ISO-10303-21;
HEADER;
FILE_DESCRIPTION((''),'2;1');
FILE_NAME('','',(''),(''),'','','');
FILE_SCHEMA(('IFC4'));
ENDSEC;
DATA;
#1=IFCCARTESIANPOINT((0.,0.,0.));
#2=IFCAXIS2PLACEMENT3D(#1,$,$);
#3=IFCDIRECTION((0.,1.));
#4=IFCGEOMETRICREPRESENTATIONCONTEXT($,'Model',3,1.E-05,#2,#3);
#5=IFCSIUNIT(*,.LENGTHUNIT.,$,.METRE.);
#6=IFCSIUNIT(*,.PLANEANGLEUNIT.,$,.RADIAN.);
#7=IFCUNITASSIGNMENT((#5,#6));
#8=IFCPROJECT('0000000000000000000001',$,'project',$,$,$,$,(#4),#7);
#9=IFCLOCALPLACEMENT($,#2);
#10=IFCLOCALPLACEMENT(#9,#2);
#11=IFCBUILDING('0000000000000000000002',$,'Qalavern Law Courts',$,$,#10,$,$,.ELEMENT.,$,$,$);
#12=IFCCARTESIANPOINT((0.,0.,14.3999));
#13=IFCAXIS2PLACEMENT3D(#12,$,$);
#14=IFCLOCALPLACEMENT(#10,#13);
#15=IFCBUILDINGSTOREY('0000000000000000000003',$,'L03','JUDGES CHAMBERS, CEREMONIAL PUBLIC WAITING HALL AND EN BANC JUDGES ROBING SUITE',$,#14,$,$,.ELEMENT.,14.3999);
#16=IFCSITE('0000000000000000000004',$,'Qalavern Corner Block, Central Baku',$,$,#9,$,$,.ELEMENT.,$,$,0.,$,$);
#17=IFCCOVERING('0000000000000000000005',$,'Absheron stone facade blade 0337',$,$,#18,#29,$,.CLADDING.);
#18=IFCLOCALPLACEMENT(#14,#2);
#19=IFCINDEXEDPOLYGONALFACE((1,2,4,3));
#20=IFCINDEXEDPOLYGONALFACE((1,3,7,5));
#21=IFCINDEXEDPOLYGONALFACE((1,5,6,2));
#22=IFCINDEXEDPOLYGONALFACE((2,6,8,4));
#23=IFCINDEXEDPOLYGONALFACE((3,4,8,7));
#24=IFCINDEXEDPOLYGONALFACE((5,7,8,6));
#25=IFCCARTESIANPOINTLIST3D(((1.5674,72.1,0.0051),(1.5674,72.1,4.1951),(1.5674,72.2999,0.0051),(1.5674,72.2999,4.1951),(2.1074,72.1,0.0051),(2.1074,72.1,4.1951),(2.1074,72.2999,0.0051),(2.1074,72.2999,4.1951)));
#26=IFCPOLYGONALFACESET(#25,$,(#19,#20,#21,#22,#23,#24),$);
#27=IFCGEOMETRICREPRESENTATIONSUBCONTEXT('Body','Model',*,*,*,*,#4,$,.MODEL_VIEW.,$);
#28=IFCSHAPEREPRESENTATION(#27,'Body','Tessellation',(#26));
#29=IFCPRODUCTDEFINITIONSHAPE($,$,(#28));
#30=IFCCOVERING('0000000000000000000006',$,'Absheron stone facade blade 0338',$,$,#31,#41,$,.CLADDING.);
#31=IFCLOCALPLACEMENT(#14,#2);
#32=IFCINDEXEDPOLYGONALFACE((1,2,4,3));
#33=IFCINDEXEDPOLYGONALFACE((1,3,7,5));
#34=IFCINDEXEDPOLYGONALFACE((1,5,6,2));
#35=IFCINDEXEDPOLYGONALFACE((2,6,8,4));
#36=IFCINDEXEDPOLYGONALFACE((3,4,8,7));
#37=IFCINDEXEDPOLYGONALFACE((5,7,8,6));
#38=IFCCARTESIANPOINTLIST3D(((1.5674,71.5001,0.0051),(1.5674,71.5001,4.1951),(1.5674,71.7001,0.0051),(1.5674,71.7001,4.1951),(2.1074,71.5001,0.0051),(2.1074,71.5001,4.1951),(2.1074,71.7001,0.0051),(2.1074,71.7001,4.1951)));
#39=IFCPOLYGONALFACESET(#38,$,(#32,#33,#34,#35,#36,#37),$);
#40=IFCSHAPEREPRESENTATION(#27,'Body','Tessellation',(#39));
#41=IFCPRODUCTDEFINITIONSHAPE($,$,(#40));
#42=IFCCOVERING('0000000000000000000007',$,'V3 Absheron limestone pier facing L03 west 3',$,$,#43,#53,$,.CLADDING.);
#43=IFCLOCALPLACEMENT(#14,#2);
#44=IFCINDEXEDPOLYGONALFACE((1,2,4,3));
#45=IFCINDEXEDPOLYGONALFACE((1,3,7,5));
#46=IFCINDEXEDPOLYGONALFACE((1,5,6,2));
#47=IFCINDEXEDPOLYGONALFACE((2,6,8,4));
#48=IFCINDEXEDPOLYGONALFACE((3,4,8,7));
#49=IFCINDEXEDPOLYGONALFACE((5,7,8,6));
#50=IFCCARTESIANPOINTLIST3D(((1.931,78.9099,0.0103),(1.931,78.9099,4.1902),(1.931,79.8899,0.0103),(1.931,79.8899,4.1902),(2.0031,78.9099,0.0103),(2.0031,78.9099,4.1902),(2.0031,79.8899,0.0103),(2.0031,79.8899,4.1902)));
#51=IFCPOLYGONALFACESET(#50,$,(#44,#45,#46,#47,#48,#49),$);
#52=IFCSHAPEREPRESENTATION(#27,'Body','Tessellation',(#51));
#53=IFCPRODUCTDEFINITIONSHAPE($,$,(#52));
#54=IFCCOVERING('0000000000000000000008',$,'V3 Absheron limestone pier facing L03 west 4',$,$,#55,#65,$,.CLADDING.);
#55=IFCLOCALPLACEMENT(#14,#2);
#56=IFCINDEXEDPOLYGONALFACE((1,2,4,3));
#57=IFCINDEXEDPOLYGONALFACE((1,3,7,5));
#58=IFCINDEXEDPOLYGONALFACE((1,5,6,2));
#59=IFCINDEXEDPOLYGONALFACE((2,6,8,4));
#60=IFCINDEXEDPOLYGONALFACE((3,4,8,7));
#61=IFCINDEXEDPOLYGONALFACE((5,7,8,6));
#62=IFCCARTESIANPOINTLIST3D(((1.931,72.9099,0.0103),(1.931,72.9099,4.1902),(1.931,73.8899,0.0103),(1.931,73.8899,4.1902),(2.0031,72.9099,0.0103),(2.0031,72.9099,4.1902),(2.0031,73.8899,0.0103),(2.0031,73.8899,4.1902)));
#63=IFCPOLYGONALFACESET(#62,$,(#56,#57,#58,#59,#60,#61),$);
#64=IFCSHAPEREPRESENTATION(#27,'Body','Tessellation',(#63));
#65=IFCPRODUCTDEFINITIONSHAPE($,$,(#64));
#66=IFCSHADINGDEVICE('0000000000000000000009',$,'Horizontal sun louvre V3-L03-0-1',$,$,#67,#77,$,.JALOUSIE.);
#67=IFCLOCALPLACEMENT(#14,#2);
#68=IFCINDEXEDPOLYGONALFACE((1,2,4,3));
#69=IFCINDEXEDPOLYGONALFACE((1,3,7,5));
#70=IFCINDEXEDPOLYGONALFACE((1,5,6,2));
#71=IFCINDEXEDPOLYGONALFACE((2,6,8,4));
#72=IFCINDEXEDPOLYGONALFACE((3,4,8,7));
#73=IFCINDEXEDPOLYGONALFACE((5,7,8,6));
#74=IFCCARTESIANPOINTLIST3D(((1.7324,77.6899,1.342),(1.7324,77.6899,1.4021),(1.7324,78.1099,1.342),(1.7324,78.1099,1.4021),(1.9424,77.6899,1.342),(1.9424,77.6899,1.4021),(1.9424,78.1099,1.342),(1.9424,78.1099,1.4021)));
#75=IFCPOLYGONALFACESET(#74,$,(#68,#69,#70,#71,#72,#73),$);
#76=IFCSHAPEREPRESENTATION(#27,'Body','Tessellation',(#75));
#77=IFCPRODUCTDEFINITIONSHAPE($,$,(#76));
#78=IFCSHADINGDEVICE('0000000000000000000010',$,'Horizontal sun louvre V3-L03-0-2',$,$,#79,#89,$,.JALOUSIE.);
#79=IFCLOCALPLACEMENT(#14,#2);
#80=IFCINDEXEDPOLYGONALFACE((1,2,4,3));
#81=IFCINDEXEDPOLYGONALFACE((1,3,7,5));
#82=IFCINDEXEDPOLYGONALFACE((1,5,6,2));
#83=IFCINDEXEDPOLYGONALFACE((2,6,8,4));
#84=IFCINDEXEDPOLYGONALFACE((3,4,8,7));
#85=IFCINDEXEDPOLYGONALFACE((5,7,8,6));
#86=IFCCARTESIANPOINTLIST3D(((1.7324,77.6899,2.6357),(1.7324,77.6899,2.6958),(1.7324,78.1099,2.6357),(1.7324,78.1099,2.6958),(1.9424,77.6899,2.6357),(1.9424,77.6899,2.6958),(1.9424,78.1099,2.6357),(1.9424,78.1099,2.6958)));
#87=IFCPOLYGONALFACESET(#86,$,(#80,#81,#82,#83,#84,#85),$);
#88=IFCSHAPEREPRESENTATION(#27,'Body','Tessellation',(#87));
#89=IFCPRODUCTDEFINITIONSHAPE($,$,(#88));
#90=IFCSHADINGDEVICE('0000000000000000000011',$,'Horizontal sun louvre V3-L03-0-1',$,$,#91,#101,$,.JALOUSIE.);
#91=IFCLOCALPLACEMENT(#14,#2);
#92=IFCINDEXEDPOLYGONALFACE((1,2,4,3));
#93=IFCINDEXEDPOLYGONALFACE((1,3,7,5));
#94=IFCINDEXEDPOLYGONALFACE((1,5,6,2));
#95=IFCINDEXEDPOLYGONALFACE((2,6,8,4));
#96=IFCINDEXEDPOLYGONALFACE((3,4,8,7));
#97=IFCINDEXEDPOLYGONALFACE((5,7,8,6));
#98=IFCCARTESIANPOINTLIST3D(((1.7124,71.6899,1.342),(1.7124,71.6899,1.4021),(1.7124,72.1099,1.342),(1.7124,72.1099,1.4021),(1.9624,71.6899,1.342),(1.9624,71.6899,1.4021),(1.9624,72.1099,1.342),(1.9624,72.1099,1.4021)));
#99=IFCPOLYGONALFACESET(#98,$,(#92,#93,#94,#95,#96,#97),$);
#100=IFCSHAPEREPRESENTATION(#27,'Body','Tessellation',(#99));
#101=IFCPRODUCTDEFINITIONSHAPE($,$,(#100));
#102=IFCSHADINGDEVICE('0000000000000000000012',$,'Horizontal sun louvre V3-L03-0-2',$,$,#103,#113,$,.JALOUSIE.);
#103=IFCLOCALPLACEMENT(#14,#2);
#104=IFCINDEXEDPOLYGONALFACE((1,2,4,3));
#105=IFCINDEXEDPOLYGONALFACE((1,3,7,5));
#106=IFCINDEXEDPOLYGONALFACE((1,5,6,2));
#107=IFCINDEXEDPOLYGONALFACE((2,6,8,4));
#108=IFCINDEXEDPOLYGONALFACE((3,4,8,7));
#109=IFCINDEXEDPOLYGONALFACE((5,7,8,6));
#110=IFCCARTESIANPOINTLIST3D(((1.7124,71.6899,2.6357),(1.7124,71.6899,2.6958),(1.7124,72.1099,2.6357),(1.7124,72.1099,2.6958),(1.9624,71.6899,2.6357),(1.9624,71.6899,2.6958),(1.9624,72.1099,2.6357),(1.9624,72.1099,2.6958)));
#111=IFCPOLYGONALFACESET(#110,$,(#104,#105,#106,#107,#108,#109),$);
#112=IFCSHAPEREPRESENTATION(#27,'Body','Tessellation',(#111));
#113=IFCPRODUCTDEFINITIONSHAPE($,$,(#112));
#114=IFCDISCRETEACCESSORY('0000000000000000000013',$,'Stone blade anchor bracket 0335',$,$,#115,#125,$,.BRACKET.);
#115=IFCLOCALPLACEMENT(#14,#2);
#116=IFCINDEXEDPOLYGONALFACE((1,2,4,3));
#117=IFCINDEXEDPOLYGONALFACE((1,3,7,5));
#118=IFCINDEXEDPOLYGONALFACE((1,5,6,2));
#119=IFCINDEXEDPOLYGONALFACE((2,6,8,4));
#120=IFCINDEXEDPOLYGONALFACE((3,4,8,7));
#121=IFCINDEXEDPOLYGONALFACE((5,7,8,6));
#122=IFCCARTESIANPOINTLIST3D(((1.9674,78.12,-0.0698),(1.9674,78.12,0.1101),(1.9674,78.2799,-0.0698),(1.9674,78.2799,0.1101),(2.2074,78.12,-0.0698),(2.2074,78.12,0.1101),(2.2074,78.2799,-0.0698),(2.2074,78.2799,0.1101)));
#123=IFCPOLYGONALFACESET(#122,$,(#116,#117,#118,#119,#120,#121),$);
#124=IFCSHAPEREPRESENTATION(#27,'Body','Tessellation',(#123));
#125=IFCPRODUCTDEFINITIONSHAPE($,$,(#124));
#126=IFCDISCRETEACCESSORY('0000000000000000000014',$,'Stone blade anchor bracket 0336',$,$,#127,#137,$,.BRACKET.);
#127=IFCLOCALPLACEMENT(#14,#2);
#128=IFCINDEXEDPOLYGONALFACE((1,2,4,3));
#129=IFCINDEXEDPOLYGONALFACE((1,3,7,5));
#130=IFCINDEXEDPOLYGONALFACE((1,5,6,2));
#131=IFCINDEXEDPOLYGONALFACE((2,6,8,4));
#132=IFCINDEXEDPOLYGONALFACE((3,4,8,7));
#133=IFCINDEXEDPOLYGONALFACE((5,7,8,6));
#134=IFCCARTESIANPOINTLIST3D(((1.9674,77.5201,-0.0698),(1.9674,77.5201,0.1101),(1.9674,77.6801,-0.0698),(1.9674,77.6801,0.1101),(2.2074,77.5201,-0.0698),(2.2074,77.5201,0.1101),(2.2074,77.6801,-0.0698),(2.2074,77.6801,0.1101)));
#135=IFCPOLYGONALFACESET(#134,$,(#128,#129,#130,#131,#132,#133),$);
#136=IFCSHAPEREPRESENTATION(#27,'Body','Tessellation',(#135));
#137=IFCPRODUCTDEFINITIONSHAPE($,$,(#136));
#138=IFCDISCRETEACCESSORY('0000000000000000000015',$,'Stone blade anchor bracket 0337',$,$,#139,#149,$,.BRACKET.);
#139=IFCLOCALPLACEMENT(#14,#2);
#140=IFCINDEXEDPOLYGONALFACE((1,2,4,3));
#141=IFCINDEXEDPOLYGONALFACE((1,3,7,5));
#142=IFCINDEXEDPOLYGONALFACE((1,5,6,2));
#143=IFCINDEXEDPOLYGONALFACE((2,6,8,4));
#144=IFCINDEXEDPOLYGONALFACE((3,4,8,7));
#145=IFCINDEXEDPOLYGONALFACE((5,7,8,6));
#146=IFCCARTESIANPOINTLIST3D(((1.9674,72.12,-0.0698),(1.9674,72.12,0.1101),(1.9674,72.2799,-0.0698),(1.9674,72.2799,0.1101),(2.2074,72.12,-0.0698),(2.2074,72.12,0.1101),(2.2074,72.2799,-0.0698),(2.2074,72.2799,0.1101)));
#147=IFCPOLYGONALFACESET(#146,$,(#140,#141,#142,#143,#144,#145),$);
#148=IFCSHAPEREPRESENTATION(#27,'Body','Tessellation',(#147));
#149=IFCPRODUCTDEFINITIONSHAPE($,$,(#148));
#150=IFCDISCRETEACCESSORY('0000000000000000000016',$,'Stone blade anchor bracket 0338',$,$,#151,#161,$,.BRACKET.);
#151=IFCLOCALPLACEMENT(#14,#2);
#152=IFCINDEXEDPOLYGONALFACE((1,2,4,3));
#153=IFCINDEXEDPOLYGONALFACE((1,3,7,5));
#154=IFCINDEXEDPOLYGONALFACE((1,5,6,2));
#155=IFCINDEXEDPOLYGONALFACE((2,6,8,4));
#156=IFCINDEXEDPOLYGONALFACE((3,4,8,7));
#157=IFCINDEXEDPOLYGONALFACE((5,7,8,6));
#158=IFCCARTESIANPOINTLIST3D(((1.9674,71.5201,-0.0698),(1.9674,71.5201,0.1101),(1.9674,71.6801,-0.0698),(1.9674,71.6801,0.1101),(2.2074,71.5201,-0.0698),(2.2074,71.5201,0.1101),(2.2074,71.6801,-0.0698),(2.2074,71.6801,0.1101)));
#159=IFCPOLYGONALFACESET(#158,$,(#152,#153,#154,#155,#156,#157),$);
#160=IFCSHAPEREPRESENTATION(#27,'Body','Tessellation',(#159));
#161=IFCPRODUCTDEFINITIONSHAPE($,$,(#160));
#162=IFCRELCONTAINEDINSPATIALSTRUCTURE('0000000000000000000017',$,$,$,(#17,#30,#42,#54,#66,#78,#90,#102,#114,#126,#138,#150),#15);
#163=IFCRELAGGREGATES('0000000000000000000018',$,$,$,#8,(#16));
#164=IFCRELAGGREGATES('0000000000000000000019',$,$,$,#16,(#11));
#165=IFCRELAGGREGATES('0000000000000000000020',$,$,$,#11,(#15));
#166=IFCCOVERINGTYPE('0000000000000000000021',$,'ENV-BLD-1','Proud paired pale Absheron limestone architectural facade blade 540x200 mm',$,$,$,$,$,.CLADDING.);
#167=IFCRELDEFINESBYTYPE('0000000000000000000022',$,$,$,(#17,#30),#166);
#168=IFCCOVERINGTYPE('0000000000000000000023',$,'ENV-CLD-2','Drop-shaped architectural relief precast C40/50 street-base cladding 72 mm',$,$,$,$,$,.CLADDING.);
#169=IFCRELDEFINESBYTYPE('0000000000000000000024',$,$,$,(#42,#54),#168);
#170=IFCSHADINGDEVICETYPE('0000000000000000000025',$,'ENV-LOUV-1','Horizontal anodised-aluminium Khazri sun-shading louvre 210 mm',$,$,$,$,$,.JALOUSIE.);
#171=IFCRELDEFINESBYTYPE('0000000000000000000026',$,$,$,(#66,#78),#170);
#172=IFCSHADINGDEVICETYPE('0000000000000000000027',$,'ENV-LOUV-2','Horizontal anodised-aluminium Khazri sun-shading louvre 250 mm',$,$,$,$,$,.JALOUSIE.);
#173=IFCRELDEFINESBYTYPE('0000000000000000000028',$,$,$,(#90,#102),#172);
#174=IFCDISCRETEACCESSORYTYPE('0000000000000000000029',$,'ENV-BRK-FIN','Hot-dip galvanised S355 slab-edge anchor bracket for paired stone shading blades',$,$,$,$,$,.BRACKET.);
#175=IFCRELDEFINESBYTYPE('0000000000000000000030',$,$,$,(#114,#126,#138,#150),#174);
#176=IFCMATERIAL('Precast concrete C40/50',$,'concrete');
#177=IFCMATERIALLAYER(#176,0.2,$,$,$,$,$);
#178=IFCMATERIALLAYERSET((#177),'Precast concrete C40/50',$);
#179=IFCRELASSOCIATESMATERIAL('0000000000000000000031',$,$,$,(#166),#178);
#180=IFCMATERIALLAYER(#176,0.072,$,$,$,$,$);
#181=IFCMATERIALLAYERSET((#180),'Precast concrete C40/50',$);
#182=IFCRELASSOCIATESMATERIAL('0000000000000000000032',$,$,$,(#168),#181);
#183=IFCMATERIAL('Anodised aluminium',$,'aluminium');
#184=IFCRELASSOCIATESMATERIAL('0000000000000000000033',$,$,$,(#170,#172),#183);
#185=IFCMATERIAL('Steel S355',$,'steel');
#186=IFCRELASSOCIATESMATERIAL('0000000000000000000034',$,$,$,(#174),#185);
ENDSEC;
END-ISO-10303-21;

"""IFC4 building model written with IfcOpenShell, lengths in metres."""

from ifc_helpers import new_model, si_unit, direction, frame, origin, origin_2d, place, context, subcontext, project, spatial, rectangle, extrude, material, layer, layer_set, type_object, element, save


model = new_model("IFC4")

# Units and contexts
model_context = context("Model", 3, precision=1e-05, world=origin(), true_north=direction((0.0, 1.0)))
body_context = subcontext(model_context, "Body", "Model", "MODEL_VIEW")
ifc_project = project(units=[si_unit("LENGTHUNIT", "METRE"), si_unit("PLANEANGLEUNIT", "RADIAN")], contexts=[model_context])

# Site, building, storey
site_placement = place(None, origin())
site = spatial("IfcSite", under=ifc_project, at=site_placement, Name="Qalavern Corner Block, Central Baku", CompositionType="ELEMENT", RefElevation=0.0)
building_placement = place(site_placement, origin())
building = spatial("IfcBuilding", under=site, at=building_placement, Name="Qalavern Law Courts", CompositionType="ELEMENT")
storey_placement = place(building_placement, frame((0.0, 0.0, 14.3999)))
storey = spatial("IfcBuildingStorey", under=building, at=storey_placement, Name="L03", Description="JUDGES CHAMBERS, CEREMONIAL PUBLIC WAITING HALL AND EN BANC JUDGES ROBING SUITE", CompositionType="ELEMENT", Elevation=14.3999)

# Shared definitions
ifc_material_1 = material(Name="Anodised aluminium", Category="aluminium")

# Coverings
ifc_material_2 = material(Name="Precast concrete C40/50", Category="concrete")
ifc_layer_1 = layer(ifc_material_2, 0.2)
ifc_layer_set_1 = layer_set([ifc_layer_1], Name="Precast concrete C40/50")
covering_type_1 = type_object("IfcCoveringType", Name="ENV-BLD-1", Description="Proud paired pale Absheron limestone architectural facade blade 540x200 mm", PredefinedType="CLADDING", material=ifc_layer_set_1)
for number, where, z_axis, x_axis, name in (
    (1, (1.8374, 72.2, 0.0051), (0.0, 0.0, 1.0), (-1.0, 0.0, 0.0), "Absheron stone facade blade 0337"),
    (2, (1.8374, 71.6001, 0.0051), (0.0, 0.0, 1.0), (-1.0, 0.0, 0.0), "Absheron stone facade blade 0338"),
):
    element("IfcCovering", number, at=place(storey_placement, frame(where, z_axis=z_axis, x_axis=x_axis)), inside=storey, type_object=covering_type_1, Name=name, PredefinedType="CLADDING", context=body_context, shape_type="SweptSolid", body=[
        extrude(rectangle(XDim=0.54, YDim=0.2, at=origin_2d()), origin(), (0.0, 0.0, 1.0), 4.1899),
    ])
ifc_layer_2 = layer(ifc_material_2, 0.072)
ifc_layer_set_2 = layer_set([ifc_layer_2], Name="Precast concrete C40/50")
covering_type_2 = type_object("IfcCoveringType", Name="ENV-CLD-2", Description="Drop-shaped architectural relief precast C40/50 street-base cladding 72 mm", PredefinedType="CLADDING", material=ifc_layer_set_2)
for number, where, z_axis, x_axis, name in (
    (3, (1.967, 79.3999, 0.0103), (0.0, 0.0, 1.0), (0.0, -1.0, 0.0), "V3 Absheron limestone pier facing L03 west 3"),
    (4, (1.967, 73.3999, 0.0103), (0.0, 0.0, 1.0), (0.0, -1.0, 0.0), "V3 Absheron limestone pier facing L03 west 4"),
):
    element("IfcCovering", number, at=place(storey_placement, frame(where, z_axis=z_axis, x_axis=x_axis)), inside=storey, type_object=covering_type_2, Name=name, PredefinedType="CLADDING", context=body_context, shape_type="SweptSolid", body=[
        extrude(rectangle(XDim=0.98, YDim=0.072, at=origin_2d()), origin(), (0.0, 0.0, 1.0), 4.1799),
    ])

# Shading devices
shading_device_type_1 = type_object("IfcShadingDeviceType", Name="ENV-LOUV-1", Description="Horizontal anodised-aluminium Khazri sun-shading louvre 210 mm", PredefinedType="JALOUSIE", material=ifc_material_1)
for number, where, z_axis, x_axis, name in (
    (5, (1.8374, 77.8999, 1.342), (0.0, 0.0, 1.0), (0.0, -1.0, 0.0), "Horizontal sun louvre V3-L03-0-1"),
    (6, (1.8374, 77.8999, 2.6357), (0.0, 0.0, 1.0), (0.0, -1.0, 0.0), "Horizontal sun louvre V3-L03-0-2"),
):
    element("IfcShadingDevice", number, at=place(storey_placement, frame(where, z_axis=z_axis, x_axis=x_axis)), inside=storey, type_object=shading_device_type_1, Name=name, PredefinedType="JALOUSIE", context=body_context, shape_type="SweptSolid", body=[
        extrude(rectangle(XDim=0.4199, YDim=0.21, at=origin_2d()), origin(), (0.0, 0.0, 1.0), 0.0601),
    ])
shading_device_type_2 = type_object("IfcShadingDeviceType", Name="ENV-LOUV-2", Description="Horizontal anodised-aluminium Khazri sun-shading louvre 250 mm", PredefinedType="JALOUSIE", material=ifc_material_1)
for number, where, z_axis, x_axis, name in (
    (7, (1.8374, 71.8999, 1.342), (0.0, 0.0, 1.0), (0.0, -1.0, 0.0), "Horizontal sun louvre V3-L03-0-1"),
    (8, (1.8374, 71.8999, 2.6357), (0.0, 0.0, 1.0), (0.0, -1.0, 0.0), "Horizontal sun louvre V3-L03-0-2"),
):
    element("IfcShadingDevice", number, at=place(storey_placement, frame(where, z_axis=z_axis, x_axis=x_axis)), inside=storey, type_object=shading_device_type_2, Name=name, PredefinedType="JALOUSIE", context=body_context, shape_type="SweptSolid", body=[
        extrude(rectangle(XDim=0.4199, YDim=0.25, at=origin_2d()), origin(), (0.0, 0.0, 1.0), 0.0601),
    ])

# Discrete accessories
ifc_material_3 = material(Name="Steel S355", Category="steel")
discrete_accessory_type = type_object("IfcDiscreteAccessoryType", Name="ENV-BRK-FIN", Description="Hot-dip galvanised S355 slab-edge anchor bracket for paired stone shading blades", PredefinedType="BRACKET", material=ifc_material_3)
for number, where, z_axis, x_axis, name in (
    (9, (2.0874, 78.2, -0.0698), (0.0, 0.0, 1.0), (-1.0, 0.0, 0.0), "Stone blade anchor bracket 0335"),
    (10, (2.0874, 77.6001, -0.0698), (0.0, 0.0, 1.0), (-1.0, 0.0, 0.0), "Stone blade anchor bracket 0336"),
    (11, (2.0874, 72.2, -0.0698), (0.0, 0.0, 1.0), (-1.0, 0.0, 0.0), "Stone blade anchor bracket 0337"),
    (12, (2.0874, 71.6001, -0.0698), (0.0, 0.0, 1.0), (-1.0, 0.0, 0.0), "Stone blade anchor bracket 0338"),
):
    element("IfcDiscreteAccessory", number, at=place(storey_placement, frame(where, z_axis=z_axis, x_axis=x_axis)), inside=storey, type_object=discrete_accessory_type, Name=name, PredefinedType="BRACKET", context=body_context, shape_type="SweptSolid", body=[
        extrude(rectangle(XDim=0.24, YDim=0.1599, at=origin_2d()), origin(), (0.0, 0.0, 1.0), 0.1799),
    ])

save(model, "model.ifc")
